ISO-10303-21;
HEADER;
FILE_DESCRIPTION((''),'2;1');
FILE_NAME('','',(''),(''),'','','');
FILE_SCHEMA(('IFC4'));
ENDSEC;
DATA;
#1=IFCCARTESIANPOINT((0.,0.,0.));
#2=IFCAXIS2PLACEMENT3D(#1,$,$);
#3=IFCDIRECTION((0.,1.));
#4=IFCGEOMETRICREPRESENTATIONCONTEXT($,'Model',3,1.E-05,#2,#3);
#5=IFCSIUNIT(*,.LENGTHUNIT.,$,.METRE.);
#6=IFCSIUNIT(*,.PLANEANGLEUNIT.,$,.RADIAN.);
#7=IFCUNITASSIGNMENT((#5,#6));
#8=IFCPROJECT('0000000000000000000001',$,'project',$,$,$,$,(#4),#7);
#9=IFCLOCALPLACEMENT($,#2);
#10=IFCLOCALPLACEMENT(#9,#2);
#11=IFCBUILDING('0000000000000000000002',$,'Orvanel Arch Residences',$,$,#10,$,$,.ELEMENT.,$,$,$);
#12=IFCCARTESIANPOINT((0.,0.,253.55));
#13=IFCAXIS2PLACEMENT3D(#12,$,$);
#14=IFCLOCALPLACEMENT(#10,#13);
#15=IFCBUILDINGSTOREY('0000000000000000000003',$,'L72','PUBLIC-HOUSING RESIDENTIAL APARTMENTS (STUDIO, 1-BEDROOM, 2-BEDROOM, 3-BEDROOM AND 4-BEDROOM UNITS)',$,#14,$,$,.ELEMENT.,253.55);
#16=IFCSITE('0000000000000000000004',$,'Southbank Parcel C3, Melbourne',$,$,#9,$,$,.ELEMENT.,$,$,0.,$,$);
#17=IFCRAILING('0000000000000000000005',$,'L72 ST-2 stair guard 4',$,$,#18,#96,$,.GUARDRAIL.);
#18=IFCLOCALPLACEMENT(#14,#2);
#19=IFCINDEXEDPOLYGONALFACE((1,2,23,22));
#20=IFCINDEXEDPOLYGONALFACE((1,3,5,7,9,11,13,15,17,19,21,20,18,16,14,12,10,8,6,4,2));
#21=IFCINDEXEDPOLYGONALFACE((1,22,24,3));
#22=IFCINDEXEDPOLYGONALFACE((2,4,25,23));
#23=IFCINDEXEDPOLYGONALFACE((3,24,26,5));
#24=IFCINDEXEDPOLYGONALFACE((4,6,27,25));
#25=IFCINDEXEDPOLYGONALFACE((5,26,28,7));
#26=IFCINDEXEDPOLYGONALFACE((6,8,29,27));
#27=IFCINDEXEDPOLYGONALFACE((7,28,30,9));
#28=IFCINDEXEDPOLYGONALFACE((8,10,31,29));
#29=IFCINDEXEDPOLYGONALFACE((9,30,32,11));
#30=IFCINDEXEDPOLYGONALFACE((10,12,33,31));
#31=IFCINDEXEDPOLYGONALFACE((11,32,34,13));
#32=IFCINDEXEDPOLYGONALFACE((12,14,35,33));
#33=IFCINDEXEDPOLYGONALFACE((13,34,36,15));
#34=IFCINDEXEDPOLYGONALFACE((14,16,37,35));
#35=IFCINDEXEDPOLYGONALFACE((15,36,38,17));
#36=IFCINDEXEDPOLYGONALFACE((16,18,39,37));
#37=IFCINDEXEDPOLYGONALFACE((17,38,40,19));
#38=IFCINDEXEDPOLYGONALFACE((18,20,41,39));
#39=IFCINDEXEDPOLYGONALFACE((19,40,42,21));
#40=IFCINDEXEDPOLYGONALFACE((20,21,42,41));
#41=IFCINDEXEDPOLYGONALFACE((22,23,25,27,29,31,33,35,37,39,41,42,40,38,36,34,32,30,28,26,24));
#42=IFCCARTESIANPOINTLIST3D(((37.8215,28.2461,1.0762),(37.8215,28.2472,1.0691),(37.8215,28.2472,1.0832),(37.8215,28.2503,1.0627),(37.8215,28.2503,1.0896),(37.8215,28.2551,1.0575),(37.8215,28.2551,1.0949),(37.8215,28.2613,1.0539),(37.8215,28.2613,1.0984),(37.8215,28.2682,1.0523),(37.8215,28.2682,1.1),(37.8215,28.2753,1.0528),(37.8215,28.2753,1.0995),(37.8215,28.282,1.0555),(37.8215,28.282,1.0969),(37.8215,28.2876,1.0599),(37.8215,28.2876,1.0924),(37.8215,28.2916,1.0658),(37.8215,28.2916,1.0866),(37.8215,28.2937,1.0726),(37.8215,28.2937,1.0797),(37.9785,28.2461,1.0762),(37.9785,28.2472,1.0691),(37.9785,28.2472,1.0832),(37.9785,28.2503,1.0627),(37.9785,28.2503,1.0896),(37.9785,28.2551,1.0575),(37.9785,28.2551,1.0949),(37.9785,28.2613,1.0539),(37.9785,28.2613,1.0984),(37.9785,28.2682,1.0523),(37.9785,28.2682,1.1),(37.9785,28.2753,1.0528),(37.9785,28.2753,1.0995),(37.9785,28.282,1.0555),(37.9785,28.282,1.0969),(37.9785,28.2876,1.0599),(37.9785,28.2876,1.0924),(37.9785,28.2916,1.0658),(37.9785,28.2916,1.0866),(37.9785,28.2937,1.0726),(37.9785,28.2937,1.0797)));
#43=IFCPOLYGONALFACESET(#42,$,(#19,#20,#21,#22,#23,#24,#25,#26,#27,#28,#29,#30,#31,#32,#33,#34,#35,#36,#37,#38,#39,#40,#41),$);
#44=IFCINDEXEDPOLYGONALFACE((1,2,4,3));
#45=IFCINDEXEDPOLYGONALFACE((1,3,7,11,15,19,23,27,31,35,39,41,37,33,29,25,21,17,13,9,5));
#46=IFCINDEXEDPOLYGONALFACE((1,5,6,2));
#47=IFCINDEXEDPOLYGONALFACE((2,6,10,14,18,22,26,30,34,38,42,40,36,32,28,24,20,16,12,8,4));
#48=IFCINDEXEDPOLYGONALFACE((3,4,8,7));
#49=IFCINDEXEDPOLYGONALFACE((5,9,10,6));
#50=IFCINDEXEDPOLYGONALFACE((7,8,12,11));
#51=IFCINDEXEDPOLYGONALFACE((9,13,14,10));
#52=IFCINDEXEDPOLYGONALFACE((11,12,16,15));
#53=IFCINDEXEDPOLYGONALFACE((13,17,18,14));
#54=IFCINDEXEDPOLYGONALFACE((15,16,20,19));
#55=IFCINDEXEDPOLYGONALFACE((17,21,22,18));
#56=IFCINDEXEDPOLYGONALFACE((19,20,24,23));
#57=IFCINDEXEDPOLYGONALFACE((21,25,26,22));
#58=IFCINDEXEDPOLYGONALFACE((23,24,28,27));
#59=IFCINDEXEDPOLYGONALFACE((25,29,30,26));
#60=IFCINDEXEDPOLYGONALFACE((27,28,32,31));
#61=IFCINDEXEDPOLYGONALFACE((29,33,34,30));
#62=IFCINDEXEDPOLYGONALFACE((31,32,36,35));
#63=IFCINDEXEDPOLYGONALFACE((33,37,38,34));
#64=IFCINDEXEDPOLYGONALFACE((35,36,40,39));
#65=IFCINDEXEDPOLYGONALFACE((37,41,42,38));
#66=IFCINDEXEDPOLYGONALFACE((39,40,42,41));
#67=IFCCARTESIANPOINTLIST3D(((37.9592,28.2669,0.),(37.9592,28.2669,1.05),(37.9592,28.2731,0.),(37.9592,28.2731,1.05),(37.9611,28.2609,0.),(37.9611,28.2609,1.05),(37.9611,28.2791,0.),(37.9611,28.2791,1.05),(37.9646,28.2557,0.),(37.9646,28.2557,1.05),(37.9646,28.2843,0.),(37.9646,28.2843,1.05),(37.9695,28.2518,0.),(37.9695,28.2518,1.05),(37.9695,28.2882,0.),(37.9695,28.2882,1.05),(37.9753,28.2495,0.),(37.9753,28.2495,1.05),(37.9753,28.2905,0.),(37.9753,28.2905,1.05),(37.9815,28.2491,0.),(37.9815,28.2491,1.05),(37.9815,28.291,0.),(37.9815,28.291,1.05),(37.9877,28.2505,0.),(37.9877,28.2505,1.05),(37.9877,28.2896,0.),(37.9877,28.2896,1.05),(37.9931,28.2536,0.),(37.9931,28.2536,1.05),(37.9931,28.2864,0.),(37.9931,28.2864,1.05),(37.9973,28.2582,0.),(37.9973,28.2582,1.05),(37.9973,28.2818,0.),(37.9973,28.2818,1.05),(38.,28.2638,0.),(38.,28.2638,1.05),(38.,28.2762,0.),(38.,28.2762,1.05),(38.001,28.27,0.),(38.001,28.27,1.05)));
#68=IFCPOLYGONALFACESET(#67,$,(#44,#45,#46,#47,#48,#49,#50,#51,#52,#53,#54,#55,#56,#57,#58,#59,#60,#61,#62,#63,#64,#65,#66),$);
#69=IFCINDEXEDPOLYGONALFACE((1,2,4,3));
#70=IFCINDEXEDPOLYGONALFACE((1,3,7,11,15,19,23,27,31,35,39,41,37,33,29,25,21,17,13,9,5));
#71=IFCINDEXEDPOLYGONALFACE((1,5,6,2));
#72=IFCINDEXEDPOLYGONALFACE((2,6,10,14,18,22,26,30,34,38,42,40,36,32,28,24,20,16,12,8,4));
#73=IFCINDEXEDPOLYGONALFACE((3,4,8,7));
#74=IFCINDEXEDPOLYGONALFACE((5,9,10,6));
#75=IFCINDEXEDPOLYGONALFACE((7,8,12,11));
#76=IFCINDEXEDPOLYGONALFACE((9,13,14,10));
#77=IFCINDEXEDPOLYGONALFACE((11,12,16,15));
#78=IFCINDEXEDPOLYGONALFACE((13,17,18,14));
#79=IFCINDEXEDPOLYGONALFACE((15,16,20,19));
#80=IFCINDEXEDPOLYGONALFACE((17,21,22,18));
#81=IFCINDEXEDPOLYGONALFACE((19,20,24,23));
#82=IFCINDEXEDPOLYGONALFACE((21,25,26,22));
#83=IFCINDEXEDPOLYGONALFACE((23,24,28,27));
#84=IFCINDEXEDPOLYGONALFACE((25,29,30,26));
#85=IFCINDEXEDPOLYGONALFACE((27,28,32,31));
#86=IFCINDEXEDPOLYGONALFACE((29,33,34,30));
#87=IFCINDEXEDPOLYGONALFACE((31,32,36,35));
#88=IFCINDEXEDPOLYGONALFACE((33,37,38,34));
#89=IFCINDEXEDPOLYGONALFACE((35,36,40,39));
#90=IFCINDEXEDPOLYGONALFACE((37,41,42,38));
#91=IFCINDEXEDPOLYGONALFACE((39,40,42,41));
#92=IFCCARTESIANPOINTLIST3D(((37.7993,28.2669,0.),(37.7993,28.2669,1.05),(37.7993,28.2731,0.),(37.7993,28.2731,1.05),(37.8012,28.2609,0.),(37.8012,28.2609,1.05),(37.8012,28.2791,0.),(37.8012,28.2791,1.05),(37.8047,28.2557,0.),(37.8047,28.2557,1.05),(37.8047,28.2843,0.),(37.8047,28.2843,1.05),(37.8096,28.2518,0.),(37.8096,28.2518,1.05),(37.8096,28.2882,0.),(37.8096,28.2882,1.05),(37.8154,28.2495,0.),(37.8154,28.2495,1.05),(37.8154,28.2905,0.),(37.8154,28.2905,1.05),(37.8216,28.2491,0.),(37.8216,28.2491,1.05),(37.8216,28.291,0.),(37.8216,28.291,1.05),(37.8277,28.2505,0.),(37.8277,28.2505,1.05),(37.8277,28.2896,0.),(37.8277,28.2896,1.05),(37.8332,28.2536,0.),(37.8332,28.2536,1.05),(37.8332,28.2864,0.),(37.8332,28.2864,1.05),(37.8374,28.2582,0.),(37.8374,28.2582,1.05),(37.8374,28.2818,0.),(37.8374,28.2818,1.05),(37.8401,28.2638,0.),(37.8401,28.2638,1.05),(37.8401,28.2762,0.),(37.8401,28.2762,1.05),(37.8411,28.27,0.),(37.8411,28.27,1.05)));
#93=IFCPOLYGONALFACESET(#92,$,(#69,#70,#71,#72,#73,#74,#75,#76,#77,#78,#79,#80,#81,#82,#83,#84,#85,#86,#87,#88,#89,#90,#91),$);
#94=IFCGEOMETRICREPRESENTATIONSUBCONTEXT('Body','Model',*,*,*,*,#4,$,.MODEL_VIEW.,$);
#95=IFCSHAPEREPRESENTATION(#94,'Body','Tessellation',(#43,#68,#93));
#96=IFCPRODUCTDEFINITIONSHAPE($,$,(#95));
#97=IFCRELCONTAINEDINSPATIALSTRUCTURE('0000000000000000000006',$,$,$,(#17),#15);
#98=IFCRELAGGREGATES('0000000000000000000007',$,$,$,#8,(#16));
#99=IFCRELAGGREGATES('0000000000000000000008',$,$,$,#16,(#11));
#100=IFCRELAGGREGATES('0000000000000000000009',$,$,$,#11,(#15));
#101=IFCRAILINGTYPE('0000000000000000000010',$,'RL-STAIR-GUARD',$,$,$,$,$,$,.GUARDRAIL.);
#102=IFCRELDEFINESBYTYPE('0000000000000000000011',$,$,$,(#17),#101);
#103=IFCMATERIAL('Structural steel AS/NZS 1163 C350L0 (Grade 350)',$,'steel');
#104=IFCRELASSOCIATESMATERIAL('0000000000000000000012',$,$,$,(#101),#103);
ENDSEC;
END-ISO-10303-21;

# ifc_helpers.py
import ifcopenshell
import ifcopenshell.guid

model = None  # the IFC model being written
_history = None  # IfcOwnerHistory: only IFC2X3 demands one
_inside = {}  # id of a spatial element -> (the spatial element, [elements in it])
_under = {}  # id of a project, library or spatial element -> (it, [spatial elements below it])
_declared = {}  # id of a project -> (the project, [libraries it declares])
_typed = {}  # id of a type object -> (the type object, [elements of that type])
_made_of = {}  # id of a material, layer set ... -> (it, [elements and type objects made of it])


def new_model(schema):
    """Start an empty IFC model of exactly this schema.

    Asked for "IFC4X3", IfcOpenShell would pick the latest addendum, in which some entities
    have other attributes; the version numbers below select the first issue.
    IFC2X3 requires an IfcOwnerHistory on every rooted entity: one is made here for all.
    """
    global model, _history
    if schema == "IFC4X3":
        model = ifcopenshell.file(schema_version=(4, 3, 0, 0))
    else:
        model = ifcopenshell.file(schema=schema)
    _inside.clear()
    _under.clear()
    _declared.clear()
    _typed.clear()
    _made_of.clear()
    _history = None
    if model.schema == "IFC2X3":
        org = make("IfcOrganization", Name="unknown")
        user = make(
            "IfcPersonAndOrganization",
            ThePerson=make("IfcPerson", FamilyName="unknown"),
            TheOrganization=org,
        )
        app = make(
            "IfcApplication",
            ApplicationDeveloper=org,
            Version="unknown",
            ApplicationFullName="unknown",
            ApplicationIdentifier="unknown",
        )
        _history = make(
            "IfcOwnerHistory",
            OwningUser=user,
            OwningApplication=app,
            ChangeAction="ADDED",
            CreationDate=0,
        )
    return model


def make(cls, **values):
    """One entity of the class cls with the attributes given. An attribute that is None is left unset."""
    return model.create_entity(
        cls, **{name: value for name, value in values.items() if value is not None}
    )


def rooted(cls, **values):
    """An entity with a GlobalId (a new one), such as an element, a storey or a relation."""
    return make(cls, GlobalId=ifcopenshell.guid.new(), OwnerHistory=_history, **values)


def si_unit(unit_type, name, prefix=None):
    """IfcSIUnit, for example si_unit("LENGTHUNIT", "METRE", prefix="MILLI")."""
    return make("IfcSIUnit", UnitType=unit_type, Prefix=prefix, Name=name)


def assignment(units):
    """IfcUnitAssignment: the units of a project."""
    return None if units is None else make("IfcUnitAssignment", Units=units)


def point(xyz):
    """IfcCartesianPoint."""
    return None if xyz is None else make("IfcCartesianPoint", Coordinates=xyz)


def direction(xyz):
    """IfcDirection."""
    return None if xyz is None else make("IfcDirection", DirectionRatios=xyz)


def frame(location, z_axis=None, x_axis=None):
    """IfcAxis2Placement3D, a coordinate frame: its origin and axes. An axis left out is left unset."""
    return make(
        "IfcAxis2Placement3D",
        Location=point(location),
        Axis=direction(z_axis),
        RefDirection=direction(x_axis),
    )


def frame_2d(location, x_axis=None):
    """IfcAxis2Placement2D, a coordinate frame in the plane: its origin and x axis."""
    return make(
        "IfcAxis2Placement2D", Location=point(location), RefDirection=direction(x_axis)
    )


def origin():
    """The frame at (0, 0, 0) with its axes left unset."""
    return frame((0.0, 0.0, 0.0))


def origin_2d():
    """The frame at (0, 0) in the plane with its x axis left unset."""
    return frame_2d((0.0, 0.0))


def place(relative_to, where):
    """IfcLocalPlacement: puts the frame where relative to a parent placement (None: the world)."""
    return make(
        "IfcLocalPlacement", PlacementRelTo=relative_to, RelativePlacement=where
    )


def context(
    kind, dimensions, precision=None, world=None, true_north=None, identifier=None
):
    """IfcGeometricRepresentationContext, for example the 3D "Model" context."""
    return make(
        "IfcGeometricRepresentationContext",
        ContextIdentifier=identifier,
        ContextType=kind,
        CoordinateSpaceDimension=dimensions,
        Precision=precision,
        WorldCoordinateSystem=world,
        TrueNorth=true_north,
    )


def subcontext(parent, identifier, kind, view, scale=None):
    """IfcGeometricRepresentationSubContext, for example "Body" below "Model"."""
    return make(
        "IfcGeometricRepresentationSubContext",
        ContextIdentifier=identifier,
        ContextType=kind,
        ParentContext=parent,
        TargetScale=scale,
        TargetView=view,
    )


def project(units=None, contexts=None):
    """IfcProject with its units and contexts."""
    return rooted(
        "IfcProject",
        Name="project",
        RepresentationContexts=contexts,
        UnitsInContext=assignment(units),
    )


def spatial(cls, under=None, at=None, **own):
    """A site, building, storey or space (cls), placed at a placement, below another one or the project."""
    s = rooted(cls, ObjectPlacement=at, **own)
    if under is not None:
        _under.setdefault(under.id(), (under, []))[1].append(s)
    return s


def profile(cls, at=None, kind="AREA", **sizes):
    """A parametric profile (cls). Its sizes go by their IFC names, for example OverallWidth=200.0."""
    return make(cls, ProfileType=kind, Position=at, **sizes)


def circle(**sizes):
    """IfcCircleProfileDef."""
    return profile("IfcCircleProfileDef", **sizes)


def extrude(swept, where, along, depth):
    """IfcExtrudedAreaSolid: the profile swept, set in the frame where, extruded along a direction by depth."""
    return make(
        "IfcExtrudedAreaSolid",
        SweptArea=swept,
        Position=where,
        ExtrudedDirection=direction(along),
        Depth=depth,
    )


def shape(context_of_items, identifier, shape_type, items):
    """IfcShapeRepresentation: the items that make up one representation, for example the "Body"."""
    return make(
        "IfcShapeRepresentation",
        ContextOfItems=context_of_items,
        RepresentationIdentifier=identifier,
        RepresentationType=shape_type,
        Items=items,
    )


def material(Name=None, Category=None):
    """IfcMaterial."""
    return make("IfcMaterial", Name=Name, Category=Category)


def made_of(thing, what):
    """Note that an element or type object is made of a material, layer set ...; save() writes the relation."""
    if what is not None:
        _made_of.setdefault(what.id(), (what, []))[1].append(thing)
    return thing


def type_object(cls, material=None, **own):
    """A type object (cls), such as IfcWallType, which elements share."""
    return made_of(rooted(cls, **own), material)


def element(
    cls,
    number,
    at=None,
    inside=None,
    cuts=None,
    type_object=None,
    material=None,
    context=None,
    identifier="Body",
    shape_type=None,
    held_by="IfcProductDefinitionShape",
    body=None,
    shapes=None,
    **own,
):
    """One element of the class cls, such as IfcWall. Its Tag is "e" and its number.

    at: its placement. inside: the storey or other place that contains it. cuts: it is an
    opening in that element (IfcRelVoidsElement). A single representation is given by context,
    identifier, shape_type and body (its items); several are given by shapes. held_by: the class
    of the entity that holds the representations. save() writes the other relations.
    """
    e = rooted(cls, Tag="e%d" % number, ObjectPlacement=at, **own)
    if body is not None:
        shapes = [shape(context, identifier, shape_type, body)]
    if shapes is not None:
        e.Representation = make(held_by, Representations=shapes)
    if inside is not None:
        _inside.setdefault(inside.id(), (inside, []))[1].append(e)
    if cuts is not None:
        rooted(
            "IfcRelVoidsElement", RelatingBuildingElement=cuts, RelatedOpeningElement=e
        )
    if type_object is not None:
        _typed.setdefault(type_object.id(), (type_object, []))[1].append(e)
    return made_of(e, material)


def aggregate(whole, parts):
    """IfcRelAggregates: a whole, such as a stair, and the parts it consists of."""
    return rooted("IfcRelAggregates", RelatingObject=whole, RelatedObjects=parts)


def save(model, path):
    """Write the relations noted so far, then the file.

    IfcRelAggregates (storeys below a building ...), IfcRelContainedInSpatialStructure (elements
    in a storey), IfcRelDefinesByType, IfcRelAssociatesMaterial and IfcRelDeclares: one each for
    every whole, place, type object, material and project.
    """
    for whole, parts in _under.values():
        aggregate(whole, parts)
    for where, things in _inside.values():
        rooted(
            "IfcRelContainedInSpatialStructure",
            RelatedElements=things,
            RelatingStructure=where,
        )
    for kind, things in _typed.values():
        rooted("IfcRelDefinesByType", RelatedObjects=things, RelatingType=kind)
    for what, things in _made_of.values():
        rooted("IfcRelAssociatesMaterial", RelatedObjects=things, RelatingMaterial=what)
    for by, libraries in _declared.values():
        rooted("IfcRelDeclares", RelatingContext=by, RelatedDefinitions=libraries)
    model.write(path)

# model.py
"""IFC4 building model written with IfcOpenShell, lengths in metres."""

from ifc_helpers import new_model, si_unit, direction, frame, origin, origin_2d, place, context, subcontext, project, spatial, circle, extrude, material, type_object, element, save


model = new_model("IFC4")

# Units and contexts
model_context = context("Model", 3, precision=1e-05, world=origin(), true_north=direction((0.0, 1.0)))
body_context = subcontext(model_context, "Body", "Model", "MODEL_VIEW")
ifc_project = project(units=[si_unit("LENGTHUNIT", "METRE"), si_unit("PLANEANGLEUNIT", "RADIAN")], contexts=[model_context])

# Site, building, storey
site_placement = place(None, origin())
site = spatial("IfcSite", under=ifc_project, at=site_placement, Name="Southbank Parcel C3, Melbourne", CompositionType="ELEMENT", RefElevation=0.0)
building_placement = place(site_placement, origin())
building = spatial("IfcBuilding", under=site, at=building_placement, Name="Orvanel Arch Residences", CompositionType="ELEMENT")
storey_placement = place(building_placement, frame((0.0, 0.0, 253.55)))
storey = spatial("IfcBuildingStorey", under=building, at=storey_placement, Name="L72", Description="PUBLIC-HOUSING RESIDENTIAL APARTMENTS (STUDIO, 1-BEDROOM, 2-BEDROOM, 3-BEDROOM AND 4-BEDROOM UNITS)", CompositionType="ELEMENT", Elevation=253.55)

# Railing
ifc_material_1 = material(Name="Structural steel AS/NZS 1163 C350L0 (Grade 350)", Category="steel")
railing_type_1 = type_object("IfcRailingType", Name="RL-STAIR-GUARD", PredefinedType="GUARDRAIL", material=ifc_material_1)
railing_1_placement = place(storey_placement, frame((37.98, 28.27, 0.0)))
element("IfcRailing", 1, at=railing_1_placement, inside=storey, type_object=railing_type_1, Name="L72 ST-2 stair guard 4", PredefinedType="GUARDRAIL", context=body_context, shape_type="SweptSolid", body=[
    extrude(circle(Radius=0.0239, at=origin_2d()), frame((-0.0015, 0.0, 1.0762), z_axis=(-1.0, 0.0, 0.0), x_axis=(0.0, -1.0, 0.0)), (0.0, 0.0, 1.0), 0.157),
    extrude(circle(Radius=0.021, at=origin_2d()), origin(), (0.0, 0.0, 1.0), 1.05),
    extrude(circle(Radius=0.021, at=origin_2d()), frame((-0.1599, 0.0, 0.0)), (0.0, 0.0, 1.0), 1.05),
])

save(model, "model.ifc")
